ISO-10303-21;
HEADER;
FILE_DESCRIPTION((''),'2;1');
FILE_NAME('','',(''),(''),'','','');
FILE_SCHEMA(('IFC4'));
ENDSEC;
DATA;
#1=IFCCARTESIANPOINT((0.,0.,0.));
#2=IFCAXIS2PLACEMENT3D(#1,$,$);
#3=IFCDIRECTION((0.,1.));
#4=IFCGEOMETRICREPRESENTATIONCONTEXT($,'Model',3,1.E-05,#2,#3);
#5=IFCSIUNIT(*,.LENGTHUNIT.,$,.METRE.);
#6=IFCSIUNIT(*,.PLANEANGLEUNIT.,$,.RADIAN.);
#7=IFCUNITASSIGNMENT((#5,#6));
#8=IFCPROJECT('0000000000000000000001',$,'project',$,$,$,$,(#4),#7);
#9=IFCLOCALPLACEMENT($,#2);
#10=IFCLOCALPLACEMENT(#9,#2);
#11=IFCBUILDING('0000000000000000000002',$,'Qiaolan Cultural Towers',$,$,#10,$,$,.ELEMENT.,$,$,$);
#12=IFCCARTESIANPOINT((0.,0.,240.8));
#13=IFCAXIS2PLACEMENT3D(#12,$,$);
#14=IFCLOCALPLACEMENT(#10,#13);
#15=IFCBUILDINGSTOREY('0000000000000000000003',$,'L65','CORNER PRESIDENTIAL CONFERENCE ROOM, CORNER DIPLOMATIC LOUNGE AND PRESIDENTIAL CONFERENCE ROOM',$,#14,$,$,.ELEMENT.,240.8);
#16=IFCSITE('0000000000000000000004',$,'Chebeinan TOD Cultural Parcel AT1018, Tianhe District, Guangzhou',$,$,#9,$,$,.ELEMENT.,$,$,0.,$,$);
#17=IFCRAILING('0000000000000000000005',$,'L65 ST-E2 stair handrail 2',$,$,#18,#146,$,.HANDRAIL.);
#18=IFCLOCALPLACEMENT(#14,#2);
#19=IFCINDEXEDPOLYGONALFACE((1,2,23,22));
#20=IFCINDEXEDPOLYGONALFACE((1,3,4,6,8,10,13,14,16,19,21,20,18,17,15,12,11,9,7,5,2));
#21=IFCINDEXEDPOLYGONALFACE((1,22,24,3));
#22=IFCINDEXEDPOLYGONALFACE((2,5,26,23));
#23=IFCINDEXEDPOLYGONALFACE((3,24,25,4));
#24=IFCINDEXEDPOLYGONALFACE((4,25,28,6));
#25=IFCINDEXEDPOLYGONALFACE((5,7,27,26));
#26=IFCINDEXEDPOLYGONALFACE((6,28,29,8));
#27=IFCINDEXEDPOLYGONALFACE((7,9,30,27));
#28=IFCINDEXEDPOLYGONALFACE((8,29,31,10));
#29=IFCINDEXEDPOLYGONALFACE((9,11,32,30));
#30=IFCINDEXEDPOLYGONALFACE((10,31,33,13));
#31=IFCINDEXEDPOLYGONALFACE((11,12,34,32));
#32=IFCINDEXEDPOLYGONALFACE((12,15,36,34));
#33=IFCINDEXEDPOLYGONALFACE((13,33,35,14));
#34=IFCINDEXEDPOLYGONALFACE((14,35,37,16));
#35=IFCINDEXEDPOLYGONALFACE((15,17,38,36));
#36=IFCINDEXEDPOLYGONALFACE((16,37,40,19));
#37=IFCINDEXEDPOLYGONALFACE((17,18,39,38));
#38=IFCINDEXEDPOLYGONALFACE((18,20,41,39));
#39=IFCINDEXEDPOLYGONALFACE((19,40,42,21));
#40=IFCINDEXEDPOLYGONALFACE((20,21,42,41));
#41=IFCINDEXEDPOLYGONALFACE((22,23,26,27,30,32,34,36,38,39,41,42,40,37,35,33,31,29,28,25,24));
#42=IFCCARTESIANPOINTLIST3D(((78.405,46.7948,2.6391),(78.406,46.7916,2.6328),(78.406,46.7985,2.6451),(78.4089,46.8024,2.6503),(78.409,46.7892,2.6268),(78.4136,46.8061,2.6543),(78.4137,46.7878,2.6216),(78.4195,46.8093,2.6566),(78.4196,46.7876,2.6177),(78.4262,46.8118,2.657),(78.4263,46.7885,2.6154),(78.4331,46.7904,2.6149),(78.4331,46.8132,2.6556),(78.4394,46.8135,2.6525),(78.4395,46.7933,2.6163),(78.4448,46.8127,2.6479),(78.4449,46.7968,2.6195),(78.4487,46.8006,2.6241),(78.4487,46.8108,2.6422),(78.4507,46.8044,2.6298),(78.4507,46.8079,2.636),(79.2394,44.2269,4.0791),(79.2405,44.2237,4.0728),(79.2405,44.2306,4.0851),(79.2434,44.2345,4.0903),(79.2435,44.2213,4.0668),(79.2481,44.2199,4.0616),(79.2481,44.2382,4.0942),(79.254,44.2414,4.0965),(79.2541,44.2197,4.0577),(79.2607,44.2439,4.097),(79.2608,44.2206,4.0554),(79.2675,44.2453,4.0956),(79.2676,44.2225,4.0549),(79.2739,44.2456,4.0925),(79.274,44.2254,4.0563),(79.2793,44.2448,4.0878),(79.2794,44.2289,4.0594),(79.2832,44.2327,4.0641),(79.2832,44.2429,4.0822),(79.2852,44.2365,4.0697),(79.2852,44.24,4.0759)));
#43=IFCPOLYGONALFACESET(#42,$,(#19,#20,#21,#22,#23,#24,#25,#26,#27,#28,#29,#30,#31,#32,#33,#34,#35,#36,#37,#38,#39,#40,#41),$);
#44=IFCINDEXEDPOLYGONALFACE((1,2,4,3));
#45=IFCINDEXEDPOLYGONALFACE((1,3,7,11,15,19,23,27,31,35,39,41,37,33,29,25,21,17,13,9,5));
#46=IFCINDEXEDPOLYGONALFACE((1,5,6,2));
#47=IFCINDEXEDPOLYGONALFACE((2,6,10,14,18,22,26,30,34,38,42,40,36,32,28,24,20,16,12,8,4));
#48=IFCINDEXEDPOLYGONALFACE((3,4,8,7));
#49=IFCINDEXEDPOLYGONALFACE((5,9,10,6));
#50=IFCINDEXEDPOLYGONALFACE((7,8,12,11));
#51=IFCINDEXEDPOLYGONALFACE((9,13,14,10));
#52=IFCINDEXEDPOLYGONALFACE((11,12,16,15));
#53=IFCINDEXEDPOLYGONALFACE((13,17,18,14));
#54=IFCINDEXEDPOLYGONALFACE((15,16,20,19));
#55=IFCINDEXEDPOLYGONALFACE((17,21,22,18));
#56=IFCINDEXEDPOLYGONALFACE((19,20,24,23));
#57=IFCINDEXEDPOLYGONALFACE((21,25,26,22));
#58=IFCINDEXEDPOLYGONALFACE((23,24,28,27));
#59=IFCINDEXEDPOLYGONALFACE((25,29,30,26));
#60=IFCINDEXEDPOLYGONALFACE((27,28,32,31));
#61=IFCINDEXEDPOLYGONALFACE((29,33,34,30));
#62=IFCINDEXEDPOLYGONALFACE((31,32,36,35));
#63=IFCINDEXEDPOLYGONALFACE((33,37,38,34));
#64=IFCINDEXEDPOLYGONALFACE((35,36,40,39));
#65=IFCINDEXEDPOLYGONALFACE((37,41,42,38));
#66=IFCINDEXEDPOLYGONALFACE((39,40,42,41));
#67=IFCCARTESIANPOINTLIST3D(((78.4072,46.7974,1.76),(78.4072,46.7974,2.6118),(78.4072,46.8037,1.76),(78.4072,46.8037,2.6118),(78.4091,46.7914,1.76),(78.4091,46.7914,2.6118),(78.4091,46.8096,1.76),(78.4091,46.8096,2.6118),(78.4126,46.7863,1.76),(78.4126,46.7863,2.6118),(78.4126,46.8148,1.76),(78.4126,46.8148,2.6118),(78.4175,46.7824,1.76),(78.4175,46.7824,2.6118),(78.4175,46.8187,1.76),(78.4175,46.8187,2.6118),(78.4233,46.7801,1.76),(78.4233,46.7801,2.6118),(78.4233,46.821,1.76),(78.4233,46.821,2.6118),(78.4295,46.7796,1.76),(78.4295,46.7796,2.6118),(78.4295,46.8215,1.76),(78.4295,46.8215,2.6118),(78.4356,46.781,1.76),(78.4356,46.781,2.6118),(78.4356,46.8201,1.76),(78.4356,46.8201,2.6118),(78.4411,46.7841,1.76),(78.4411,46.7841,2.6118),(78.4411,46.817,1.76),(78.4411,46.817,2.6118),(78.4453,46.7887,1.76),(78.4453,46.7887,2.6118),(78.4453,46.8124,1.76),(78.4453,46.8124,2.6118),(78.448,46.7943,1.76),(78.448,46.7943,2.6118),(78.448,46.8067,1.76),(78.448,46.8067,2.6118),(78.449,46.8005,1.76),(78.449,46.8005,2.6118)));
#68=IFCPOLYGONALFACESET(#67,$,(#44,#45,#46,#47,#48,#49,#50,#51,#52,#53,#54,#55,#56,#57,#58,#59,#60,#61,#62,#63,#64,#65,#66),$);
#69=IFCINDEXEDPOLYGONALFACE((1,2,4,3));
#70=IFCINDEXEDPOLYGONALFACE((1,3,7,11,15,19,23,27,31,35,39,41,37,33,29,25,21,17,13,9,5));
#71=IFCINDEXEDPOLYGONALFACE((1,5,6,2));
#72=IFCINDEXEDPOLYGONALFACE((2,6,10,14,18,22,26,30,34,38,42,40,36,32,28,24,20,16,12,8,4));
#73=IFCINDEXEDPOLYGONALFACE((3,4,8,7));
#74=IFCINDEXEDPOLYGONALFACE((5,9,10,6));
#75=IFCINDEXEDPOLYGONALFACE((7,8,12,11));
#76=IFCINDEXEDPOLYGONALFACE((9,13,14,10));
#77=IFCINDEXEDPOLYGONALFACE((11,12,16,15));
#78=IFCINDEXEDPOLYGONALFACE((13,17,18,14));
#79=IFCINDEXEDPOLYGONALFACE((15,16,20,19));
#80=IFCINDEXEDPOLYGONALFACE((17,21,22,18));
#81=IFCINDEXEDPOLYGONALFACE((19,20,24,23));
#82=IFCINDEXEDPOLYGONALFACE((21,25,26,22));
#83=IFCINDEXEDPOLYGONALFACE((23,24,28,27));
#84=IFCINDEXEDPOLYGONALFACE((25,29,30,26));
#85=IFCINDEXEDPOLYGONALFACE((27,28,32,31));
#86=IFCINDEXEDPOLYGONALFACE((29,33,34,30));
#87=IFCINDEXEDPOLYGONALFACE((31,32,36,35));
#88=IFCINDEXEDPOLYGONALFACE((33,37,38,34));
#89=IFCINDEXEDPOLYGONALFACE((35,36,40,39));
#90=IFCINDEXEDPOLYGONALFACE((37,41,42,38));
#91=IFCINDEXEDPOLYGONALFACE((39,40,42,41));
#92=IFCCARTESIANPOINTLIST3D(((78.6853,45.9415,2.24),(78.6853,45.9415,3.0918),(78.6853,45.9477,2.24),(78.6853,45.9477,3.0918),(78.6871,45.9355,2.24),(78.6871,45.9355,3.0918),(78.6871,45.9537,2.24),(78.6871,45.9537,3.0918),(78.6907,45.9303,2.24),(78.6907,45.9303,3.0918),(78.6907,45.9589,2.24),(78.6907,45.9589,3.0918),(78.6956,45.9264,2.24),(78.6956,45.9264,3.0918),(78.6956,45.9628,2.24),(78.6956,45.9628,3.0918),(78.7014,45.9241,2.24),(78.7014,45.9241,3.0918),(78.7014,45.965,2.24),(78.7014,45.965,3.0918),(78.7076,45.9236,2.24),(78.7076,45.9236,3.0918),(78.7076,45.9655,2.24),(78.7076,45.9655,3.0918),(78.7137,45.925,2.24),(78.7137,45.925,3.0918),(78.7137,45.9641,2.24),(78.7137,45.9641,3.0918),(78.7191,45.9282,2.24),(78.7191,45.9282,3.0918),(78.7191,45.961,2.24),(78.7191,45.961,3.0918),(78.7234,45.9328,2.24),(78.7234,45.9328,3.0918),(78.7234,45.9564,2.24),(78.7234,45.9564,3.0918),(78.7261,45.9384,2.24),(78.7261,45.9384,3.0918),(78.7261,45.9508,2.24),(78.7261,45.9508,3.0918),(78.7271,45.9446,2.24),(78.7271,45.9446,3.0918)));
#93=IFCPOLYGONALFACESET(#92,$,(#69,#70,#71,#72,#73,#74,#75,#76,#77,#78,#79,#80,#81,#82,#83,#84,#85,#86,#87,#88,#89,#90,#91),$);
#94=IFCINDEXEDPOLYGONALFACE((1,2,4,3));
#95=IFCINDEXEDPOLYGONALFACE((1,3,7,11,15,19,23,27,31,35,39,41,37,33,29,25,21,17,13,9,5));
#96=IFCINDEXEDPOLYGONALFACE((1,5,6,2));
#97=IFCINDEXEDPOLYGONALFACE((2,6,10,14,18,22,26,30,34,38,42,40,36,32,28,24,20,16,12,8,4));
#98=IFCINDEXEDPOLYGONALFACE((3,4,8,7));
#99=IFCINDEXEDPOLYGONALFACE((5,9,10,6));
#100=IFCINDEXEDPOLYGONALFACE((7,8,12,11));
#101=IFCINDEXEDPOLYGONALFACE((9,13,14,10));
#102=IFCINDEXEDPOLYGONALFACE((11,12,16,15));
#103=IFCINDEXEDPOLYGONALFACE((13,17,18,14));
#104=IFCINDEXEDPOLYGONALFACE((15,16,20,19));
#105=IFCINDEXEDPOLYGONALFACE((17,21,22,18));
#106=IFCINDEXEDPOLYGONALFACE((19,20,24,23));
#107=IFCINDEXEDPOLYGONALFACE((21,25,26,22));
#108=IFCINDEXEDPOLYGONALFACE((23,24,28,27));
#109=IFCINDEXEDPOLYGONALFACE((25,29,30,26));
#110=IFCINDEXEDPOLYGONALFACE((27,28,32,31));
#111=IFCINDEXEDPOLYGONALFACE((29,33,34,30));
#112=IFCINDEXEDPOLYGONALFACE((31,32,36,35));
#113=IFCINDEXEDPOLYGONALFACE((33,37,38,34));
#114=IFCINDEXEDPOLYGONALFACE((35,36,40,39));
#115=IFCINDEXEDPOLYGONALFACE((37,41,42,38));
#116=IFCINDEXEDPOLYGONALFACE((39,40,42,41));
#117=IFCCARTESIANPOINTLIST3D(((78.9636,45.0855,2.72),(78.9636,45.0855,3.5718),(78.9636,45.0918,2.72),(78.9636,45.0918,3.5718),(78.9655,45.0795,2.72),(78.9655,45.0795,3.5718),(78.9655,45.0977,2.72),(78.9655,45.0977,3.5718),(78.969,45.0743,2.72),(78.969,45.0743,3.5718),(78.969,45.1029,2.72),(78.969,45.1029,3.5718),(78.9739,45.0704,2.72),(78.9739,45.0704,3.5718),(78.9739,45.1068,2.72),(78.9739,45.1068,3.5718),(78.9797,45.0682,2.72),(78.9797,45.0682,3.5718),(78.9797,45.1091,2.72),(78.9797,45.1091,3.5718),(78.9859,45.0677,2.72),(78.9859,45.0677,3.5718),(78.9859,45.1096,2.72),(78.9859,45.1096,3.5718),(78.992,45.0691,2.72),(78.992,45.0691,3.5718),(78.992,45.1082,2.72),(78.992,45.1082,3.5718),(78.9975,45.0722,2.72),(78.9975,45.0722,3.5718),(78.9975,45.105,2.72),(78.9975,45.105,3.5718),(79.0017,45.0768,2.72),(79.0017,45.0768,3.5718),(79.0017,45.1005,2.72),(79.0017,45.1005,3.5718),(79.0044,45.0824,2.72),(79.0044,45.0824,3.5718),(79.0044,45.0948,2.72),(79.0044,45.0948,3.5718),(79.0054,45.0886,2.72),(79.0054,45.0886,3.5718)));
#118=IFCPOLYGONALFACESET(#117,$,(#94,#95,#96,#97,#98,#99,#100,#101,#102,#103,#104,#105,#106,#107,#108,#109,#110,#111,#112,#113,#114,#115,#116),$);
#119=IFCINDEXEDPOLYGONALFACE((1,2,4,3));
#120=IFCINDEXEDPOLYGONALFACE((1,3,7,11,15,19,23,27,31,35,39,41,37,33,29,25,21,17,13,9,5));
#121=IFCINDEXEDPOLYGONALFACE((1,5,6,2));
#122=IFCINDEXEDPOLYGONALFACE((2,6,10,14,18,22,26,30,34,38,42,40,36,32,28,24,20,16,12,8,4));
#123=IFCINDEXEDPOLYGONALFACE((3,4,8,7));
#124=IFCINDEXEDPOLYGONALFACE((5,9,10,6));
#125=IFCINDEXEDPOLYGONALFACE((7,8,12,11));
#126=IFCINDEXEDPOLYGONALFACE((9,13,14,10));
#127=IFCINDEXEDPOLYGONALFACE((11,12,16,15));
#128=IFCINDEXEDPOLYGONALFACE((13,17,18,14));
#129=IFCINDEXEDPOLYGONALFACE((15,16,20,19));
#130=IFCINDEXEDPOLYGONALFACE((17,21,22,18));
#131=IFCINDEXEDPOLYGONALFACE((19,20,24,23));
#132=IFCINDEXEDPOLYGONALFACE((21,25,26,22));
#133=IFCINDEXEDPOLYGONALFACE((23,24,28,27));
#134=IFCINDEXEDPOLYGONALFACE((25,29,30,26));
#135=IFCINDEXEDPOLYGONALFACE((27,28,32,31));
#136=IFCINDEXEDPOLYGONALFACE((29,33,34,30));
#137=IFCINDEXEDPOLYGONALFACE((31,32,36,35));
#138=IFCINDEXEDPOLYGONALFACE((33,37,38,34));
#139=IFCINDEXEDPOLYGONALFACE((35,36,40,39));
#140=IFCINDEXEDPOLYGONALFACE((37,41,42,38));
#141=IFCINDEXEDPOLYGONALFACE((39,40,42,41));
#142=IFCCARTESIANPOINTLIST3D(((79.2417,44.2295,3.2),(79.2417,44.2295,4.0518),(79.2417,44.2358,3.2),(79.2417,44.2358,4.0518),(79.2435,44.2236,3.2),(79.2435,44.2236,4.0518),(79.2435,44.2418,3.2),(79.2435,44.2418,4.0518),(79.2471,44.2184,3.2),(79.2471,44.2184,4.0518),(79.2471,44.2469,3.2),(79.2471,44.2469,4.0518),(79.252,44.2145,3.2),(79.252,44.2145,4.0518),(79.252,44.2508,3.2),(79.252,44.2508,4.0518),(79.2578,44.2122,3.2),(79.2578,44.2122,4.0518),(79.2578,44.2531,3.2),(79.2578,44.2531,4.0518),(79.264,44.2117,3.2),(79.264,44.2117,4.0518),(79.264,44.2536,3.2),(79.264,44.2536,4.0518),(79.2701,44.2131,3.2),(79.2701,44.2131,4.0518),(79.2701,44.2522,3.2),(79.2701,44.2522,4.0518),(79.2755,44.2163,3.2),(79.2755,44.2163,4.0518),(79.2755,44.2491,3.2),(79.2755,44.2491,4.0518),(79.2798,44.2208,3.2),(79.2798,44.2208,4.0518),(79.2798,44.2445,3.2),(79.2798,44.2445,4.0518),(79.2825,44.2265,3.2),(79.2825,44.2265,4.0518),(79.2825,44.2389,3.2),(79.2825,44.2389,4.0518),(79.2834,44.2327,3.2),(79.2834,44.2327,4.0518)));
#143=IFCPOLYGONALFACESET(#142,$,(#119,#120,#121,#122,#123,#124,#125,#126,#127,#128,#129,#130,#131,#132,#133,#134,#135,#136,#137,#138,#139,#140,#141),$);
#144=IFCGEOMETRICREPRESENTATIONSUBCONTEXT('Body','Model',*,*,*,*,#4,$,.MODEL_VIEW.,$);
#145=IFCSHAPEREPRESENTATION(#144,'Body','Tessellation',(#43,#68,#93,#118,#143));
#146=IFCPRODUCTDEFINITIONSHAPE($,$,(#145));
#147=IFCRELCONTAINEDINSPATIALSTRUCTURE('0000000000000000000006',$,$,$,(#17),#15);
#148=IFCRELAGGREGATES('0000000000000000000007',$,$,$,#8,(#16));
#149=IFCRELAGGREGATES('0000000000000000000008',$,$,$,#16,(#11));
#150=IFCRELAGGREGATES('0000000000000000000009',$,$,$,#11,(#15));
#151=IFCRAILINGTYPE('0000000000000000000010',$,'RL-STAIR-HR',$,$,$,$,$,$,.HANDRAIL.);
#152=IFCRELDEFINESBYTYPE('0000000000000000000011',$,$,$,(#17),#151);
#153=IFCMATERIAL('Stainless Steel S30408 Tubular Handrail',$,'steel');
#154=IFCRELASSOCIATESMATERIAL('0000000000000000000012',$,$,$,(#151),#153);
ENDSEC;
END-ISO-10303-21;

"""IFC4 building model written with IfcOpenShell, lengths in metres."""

from ifc_helpers import new_model, si_unit, direction, frame, origin, origin_2d, place, context, subcontext, project, spatial, circle, extrude, material, type_object, element, save


model = new_model("IFC4")

# Units and contexts
model_context = context("Model", 3, precision=1e-05, world=origin(), true_north=direction((0.0, 1.0)))
body_context = subcontext(model_context, "Body", "Model", "MODEL_VIEW")
ifc_project = project(units=[si_unit("LENGTHUNIT", "METRE"), si_unit("PLANEANGLEUNIT", "RADIAN")], contexts=[model_context])

# Site, building, storey
site_placement = place(None, origin())
site = spatial("IfcSite", under=ifc_project, at=site_placement, Name="Chebeinan TOD Cultural Parcel AT1018, Tianhe District, Guangzhou", CompositionType="ELEMENT", RefElevation=0.0)
building_placement = place(site_placement, origin())
building = spatial("IfcBuilding", under=site, at=building_placement, Name="Qiaolan Cultural Towers", CompositionType="ELEMENT")
storey_placement = place(building_placement, frame((0.0, 0.0, 240.8)))
storey = spatial("IfcBuildingStorey", under=building, at=storey_placement, Name="L65", Description="CORNER PRESIDENTIAL CONFERENCE ROOM, CORNER DIPLOMATIC LOUNGE AND PRESIDENTIAL CONFERENCE ROOM", CompositionType="ELEMENT", Elevation=240.8)

# Railing
ifc_material_1 = material(Name="Stainless Steel S30408 Tubular Handrail", Category="steel")
railing_type_1 = type_object("IfcRailingType", Name="RL-STAIR-HR", PredefinedType="HANDRAIL", material=ifc_material_1)
railing_1_placement = place(storey_placement, frame((78.428, 46.8005, 1.76)))
element("IfcRailing", 1, at=railing_1_placement, inside=storey, type_object=railing_type_1, Name="L65 ST-E2 stair handrail 2", PredefinedType="HANDRAIL", context=body_context, shape_type="SweptSolid", body=[
    extrude(circle(Radius=0.0239, at=origin_2d()), frame((0.0, 0.0, 0.876), z_axis=(0.272701, -0.839167, 0.470566), x_axis=(0.951043, 0.309057, 0.0)), (0.0, 0.0, 1.0), 3.0601),
    extrude(circle(Radius=0.021, at=origin_2d()), origin(), (0.0, 0.0, 1.0), 0.8518),
    extrude(circle(Radius=0.021, at=origin_2d()), frame((0.2781, -0.856, 0.48)), (0.0, 0.0, 1.0), 0.8518),
    extrude(circle(Radius=0.021, at=origin_2d()), frame((0.5564, -1.7119, 0.96)), (0.0, 0.0, 1.0), 0.8518),
    extrude(circle(Radius=0.021, at=origin_2d()), frame((0.8345, -2.5679, 1.4399)), (0.0, 0.0, 1.0), 0.8518),
])

save(model, "model.ifc")
